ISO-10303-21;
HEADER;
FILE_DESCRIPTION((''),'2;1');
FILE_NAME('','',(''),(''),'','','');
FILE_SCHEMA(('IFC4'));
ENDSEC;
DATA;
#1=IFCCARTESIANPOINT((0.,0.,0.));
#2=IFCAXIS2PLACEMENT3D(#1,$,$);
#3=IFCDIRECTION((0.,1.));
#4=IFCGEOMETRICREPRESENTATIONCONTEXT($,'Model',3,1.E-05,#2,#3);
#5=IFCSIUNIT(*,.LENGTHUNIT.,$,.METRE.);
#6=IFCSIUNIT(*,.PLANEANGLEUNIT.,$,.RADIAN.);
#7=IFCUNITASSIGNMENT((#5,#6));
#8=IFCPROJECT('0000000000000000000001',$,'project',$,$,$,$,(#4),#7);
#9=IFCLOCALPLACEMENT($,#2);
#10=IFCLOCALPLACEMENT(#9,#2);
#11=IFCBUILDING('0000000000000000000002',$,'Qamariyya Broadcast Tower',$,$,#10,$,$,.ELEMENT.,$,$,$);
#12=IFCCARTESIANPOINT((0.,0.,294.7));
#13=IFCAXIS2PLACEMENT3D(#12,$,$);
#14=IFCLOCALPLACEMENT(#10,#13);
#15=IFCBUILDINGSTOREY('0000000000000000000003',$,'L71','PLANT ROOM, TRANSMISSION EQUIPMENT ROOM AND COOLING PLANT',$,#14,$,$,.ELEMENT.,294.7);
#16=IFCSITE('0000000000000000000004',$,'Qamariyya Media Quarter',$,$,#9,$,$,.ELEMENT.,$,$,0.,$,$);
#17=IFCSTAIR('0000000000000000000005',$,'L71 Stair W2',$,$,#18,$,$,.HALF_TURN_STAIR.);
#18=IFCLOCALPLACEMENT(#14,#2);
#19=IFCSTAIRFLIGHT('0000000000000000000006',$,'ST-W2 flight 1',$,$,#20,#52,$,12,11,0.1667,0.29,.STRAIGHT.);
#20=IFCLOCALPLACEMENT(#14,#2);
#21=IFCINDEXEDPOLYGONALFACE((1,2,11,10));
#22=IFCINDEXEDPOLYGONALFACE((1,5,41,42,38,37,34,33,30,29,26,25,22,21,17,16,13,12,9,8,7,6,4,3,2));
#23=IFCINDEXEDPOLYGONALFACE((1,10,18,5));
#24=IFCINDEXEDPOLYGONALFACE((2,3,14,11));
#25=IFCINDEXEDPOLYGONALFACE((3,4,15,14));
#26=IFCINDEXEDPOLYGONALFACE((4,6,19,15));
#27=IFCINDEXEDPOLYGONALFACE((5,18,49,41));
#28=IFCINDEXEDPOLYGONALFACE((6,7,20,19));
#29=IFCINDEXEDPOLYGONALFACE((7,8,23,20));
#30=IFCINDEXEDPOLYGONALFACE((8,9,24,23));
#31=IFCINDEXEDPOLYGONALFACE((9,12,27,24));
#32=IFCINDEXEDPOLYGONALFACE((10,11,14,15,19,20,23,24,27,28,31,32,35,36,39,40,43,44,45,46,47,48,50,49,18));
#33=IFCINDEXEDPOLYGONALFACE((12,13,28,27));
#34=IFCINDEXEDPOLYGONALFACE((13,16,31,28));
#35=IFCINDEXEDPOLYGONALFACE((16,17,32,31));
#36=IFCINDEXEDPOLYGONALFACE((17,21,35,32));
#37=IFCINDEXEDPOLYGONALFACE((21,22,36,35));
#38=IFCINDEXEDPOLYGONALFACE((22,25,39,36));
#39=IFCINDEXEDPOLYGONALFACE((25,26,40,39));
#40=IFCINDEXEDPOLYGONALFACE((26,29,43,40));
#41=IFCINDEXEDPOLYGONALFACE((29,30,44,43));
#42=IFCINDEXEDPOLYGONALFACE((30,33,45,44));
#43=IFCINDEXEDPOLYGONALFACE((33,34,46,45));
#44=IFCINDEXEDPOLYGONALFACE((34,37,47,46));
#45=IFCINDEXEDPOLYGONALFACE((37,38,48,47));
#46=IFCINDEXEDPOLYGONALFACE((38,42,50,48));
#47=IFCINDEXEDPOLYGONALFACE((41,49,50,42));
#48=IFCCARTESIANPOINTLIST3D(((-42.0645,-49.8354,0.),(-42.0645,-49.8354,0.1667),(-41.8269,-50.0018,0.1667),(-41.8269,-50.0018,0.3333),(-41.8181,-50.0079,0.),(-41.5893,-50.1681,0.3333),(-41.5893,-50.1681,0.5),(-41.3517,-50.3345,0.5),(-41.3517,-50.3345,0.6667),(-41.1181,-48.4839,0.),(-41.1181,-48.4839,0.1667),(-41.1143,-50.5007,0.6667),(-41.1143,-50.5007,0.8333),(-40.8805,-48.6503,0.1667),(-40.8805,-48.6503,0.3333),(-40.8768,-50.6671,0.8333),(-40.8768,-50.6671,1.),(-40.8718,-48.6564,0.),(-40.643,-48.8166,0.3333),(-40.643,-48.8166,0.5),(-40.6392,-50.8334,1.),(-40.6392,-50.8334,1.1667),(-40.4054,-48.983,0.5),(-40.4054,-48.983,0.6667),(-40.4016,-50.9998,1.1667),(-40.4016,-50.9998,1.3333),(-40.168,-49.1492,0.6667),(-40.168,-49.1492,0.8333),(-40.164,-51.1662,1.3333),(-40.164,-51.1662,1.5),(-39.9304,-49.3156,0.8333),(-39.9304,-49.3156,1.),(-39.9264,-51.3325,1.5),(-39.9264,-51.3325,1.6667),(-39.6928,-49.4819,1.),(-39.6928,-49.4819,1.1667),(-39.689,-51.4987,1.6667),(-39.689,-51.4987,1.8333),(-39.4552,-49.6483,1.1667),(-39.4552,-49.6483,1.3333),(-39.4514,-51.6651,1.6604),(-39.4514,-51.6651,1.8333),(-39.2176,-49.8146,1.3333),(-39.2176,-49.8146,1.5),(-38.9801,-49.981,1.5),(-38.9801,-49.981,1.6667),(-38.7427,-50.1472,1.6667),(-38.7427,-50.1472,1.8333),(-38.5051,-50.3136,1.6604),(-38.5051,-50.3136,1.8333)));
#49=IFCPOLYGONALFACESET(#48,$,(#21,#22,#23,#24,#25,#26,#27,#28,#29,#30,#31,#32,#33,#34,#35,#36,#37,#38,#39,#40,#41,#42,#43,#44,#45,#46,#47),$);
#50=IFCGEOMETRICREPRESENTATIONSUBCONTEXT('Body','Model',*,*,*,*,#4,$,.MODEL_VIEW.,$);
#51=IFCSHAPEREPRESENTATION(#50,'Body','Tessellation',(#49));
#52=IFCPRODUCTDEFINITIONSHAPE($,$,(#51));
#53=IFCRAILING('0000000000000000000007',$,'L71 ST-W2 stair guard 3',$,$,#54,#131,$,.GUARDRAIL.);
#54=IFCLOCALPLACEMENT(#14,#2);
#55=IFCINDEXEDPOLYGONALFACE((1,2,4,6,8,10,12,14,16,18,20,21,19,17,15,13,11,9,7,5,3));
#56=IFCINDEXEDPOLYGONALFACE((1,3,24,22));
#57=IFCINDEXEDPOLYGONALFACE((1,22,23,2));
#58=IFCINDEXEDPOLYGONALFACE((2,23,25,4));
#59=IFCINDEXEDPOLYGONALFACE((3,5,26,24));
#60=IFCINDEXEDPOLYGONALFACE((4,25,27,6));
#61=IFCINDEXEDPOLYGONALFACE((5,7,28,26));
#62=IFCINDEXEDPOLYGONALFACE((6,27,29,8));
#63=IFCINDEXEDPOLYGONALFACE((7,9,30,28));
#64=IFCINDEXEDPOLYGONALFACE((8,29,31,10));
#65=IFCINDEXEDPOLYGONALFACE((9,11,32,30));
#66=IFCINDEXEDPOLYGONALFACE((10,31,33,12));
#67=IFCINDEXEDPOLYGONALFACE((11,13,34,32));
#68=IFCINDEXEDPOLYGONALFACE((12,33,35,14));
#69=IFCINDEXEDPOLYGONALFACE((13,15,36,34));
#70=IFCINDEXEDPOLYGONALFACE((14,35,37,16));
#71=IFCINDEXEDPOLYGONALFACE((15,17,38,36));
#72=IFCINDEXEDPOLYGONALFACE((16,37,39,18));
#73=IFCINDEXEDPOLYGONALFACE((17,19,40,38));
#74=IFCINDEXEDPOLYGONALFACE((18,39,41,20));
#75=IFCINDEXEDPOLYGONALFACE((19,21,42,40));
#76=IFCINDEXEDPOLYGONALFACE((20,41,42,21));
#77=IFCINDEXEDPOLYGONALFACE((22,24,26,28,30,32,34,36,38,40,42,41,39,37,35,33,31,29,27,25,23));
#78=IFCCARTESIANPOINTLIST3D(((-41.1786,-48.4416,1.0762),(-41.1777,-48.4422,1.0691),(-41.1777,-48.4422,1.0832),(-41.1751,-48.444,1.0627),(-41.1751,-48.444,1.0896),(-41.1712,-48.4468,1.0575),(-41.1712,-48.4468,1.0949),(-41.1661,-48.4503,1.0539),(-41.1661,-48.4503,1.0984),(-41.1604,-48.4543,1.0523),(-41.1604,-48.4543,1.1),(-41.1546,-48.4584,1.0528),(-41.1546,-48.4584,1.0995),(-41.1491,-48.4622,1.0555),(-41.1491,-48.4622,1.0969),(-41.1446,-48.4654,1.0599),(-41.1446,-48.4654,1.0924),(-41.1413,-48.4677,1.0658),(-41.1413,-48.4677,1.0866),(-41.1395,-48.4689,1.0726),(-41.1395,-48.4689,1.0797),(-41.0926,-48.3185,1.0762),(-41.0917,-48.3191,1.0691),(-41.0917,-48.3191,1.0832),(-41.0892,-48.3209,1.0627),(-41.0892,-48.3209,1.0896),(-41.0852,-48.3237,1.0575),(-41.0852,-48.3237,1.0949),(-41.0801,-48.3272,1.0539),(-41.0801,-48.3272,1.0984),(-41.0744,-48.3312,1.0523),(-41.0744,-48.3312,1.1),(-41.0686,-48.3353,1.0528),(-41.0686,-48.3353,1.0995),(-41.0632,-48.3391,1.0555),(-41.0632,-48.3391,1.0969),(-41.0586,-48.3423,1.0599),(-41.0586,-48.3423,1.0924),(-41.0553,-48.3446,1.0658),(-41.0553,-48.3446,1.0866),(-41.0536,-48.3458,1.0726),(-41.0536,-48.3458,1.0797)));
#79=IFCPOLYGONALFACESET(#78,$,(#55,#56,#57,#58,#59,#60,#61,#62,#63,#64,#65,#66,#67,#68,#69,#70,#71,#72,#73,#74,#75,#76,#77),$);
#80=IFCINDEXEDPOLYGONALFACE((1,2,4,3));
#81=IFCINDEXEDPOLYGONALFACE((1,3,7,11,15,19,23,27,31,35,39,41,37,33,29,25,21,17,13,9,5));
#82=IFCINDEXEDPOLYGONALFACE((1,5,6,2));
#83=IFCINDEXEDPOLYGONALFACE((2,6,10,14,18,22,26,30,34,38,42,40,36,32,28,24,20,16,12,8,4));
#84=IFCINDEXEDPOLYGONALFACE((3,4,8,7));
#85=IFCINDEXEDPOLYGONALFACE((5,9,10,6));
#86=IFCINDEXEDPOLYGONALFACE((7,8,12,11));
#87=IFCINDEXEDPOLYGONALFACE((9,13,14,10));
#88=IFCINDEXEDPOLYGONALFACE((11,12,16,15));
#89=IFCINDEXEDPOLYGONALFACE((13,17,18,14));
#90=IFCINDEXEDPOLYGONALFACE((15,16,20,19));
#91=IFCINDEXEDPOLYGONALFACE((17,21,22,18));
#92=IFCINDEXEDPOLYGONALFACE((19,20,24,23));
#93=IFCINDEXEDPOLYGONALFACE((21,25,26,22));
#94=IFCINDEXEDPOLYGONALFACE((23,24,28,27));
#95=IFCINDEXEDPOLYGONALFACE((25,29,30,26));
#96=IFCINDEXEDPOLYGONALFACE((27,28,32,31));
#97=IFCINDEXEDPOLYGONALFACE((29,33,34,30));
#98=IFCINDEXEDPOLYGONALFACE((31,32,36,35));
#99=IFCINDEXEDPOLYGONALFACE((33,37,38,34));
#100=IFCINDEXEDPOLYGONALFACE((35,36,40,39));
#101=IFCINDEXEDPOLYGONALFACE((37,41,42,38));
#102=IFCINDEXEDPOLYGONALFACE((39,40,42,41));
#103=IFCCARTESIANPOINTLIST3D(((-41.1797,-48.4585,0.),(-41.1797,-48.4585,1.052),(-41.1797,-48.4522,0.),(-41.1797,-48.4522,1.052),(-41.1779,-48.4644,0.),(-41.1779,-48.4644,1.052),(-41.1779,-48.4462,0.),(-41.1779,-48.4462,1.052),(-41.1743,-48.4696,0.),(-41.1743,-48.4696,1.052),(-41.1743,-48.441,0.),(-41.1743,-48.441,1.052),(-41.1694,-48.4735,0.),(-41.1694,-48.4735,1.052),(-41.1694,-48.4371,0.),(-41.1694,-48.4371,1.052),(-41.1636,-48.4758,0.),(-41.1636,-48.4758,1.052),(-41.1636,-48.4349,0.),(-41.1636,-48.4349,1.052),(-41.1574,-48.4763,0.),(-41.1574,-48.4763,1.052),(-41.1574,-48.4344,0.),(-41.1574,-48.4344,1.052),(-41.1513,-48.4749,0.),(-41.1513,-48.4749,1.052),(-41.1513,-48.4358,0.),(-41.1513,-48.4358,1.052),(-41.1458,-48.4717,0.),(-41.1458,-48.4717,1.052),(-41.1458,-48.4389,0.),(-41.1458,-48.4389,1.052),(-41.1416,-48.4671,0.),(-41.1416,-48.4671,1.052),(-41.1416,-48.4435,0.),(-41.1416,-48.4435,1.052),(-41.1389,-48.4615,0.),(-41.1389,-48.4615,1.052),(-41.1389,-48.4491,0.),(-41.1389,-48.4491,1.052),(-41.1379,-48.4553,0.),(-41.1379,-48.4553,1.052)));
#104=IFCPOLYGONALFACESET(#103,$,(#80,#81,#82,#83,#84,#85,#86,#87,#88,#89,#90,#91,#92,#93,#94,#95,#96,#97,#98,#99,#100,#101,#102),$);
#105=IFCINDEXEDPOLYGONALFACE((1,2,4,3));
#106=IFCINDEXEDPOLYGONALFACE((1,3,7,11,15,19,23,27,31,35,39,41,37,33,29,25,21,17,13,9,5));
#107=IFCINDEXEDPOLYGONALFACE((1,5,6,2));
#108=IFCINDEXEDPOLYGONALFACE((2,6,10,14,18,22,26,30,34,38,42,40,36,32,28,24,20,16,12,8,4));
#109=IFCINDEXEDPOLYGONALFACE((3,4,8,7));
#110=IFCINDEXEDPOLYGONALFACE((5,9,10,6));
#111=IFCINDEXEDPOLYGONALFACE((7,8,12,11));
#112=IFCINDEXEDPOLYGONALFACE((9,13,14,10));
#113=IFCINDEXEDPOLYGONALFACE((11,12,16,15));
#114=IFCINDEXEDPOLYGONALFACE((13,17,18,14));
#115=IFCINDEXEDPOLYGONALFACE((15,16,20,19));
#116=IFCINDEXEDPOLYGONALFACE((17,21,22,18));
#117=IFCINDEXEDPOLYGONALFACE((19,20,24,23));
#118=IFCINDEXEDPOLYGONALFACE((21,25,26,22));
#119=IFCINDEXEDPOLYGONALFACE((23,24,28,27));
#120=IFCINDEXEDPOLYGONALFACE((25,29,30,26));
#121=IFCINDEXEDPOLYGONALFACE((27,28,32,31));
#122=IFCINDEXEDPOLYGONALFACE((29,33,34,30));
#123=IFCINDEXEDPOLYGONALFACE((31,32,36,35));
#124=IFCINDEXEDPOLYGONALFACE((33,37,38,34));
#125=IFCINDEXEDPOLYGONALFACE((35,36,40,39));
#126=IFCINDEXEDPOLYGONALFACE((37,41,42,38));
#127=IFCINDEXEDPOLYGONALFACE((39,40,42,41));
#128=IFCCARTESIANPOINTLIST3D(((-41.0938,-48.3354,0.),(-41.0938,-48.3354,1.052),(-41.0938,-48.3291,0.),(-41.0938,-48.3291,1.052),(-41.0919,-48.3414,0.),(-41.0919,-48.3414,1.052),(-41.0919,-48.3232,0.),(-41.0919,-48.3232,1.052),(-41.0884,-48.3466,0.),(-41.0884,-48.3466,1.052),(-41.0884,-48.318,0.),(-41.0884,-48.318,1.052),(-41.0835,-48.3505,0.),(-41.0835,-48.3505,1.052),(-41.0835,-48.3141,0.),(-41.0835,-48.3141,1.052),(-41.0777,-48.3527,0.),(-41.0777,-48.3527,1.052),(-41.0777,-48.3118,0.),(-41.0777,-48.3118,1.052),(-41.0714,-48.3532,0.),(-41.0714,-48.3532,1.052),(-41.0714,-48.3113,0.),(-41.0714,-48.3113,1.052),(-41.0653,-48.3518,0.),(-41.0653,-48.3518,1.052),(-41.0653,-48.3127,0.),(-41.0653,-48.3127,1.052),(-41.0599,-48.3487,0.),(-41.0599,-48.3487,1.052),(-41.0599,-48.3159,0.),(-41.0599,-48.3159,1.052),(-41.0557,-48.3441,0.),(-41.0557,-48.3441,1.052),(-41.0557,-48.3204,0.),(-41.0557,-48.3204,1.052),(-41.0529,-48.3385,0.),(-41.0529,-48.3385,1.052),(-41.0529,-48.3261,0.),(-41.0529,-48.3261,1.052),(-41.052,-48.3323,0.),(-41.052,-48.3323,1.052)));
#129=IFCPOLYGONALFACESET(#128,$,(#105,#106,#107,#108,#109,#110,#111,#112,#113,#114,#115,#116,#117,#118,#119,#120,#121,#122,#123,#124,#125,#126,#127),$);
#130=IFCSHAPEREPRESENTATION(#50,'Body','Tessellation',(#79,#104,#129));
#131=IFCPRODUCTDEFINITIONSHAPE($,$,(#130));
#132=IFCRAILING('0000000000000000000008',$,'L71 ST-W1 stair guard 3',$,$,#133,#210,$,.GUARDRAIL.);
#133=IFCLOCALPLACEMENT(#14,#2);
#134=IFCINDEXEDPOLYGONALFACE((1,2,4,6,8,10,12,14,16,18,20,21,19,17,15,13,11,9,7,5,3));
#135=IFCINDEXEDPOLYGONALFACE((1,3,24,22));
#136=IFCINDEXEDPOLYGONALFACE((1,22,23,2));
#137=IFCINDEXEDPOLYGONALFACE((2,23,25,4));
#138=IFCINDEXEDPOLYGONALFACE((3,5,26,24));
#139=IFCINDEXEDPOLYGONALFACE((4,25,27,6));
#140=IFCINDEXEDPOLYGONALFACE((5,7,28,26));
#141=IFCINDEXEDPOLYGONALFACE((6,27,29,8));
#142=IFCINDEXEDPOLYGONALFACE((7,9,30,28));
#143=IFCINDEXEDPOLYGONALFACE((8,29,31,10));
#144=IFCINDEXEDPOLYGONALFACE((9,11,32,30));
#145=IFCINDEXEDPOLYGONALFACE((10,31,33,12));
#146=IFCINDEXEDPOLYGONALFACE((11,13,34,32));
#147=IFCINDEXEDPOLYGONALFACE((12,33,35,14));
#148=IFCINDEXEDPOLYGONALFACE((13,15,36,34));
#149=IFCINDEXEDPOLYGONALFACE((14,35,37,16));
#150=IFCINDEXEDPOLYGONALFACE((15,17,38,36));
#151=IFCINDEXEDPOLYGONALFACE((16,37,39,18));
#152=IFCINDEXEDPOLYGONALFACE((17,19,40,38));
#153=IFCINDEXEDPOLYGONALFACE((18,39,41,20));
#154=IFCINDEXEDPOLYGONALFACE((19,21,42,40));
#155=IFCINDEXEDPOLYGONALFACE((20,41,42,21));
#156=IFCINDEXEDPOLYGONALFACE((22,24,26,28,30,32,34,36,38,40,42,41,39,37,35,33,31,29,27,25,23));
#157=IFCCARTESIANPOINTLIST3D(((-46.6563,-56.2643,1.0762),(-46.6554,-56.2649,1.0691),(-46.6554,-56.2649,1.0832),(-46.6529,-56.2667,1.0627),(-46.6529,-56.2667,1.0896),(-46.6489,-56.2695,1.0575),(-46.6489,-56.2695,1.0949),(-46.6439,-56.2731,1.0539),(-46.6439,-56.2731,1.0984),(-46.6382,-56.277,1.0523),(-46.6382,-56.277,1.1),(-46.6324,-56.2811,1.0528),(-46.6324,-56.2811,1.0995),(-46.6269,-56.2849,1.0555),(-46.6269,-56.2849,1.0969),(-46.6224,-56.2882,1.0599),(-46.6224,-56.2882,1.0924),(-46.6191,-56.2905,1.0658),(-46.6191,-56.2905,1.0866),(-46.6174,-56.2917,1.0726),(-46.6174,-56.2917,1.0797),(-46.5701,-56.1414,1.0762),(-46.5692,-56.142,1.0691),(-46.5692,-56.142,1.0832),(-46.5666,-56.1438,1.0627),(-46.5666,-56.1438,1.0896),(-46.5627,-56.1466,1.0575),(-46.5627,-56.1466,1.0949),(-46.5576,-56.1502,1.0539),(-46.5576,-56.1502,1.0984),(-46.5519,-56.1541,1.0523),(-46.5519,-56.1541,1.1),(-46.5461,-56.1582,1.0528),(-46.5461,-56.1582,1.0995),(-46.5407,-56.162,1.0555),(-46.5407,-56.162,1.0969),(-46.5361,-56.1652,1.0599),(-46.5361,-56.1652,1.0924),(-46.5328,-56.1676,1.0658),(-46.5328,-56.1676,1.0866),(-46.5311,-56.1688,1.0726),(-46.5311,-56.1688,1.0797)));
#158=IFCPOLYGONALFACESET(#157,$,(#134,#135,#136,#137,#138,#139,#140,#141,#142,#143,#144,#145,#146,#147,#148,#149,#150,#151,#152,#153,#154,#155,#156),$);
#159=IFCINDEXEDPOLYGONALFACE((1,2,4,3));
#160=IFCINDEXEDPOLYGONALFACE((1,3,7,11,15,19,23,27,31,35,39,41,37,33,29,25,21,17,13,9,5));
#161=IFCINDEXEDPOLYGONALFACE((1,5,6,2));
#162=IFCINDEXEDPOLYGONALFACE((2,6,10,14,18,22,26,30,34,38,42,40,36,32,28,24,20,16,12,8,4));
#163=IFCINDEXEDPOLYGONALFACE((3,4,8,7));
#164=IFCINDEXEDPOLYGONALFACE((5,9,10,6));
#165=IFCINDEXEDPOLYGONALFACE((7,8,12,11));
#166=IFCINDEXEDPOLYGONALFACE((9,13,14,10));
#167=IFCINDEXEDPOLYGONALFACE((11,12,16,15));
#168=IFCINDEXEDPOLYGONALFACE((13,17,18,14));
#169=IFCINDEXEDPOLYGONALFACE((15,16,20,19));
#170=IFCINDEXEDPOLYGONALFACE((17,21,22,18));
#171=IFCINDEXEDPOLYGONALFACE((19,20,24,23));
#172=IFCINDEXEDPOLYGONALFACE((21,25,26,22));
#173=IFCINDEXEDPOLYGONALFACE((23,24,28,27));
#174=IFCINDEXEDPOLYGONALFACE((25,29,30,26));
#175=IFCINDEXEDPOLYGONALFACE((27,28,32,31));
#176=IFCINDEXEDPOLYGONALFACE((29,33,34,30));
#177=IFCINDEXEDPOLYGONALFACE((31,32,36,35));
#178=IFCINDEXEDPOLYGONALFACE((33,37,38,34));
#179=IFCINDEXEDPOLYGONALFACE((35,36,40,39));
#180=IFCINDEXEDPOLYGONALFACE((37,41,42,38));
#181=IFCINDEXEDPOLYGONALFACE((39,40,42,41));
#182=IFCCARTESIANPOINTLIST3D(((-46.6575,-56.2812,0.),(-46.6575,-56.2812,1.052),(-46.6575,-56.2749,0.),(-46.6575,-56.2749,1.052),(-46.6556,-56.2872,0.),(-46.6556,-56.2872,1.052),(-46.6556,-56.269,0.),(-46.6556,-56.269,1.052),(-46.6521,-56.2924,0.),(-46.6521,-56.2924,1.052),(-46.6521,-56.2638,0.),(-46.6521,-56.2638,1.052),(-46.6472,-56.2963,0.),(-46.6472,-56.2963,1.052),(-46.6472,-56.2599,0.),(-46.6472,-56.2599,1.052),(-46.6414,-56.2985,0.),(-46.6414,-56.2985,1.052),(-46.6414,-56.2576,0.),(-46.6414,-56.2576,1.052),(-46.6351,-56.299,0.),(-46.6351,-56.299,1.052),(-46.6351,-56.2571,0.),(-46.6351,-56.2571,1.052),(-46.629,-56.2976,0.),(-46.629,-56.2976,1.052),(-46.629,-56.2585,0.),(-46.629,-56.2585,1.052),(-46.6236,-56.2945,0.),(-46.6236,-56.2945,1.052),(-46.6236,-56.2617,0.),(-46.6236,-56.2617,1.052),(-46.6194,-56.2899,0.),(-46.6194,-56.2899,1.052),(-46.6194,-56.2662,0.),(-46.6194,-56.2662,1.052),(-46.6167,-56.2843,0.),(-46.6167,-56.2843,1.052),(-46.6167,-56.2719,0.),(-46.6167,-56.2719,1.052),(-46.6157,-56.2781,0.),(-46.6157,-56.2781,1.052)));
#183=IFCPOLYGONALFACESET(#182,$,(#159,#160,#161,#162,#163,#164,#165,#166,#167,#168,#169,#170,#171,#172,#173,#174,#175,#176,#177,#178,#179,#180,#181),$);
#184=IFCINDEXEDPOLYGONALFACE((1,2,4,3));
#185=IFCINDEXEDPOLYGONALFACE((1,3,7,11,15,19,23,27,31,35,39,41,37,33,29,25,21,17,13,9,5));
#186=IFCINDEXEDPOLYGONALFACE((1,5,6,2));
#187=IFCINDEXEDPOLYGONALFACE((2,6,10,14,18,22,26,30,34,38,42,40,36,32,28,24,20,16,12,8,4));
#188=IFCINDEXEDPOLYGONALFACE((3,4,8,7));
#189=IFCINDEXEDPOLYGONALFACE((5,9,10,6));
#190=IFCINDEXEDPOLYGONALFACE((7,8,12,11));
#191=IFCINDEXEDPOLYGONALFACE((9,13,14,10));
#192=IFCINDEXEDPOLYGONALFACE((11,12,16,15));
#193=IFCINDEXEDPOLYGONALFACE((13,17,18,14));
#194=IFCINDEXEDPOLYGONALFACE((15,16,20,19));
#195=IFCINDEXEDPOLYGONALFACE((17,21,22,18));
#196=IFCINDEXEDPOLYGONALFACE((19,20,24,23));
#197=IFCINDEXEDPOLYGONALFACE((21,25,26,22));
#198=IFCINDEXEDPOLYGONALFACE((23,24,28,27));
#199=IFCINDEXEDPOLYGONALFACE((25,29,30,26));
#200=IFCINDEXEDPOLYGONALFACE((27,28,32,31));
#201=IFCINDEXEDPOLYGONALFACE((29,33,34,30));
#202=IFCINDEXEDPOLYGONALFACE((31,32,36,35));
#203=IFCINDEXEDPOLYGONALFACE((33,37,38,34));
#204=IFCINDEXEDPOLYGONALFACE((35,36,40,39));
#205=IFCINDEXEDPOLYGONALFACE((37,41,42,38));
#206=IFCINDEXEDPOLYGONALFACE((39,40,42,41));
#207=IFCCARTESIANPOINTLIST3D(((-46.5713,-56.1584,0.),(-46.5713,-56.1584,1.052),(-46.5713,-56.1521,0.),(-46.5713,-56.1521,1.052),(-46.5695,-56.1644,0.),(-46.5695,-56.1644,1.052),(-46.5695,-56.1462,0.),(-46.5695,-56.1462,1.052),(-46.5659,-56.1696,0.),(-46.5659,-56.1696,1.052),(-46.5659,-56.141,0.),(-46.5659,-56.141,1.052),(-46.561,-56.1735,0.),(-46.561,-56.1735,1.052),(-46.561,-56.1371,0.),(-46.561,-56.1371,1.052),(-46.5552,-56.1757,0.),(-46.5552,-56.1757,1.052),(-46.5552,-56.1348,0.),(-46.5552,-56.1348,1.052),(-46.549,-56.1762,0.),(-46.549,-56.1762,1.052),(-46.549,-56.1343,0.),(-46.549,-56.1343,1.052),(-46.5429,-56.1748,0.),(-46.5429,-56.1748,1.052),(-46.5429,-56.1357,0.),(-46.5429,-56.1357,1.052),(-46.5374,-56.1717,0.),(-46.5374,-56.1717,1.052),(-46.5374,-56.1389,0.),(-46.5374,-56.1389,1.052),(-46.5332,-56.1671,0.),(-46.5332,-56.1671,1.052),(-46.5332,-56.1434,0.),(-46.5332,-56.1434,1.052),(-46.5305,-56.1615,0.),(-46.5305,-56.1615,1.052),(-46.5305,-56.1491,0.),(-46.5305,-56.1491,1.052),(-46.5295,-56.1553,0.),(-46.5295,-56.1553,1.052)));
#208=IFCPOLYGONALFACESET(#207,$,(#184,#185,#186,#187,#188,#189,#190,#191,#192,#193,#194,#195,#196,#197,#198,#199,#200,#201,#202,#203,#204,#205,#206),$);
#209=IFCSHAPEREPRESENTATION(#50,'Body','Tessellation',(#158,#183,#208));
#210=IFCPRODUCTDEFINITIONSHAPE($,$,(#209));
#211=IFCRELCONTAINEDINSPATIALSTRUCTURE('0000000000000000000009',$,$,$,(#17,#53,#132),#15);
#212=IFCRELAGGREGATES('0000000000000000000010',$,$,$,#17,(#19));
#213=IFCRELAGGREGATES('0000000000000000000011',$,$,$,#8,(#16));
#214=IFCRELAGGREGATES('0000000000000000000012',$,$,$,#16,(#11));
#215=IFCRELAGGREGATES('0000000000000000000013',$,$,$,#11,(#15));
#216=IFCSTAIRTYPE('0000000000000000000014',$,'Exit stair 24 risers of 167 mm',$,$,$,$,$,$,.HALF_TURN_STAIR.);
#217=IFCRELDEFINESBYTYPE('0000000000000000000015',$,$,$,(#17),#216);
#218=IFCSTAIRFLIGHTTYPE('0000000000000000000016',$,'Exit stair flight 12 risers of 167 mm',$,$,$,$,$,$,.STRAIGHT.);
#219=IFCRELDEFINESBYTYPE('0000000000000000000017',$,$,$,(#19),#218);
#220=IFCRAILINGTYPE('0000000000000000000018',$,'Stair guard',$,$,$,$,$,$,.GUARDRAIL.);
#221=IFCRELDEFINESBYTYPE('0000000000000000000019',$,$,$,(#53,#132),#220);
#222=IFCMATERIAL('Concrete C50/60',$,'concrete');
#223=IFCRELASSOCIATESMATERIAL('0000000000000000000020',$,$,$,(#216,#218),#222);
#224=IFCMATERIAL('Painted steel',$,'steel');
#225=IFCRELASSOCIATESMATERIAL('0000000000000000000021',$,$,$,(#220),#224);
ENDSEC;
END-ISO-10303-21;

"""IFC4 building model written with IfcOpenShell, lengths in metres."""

from ifc_helpers import new_model, si_unit, direction, frame, origin, origin_2d, place, context, subcontext, project, spatial, polyline, circle, outline, extrude, material, type_object, element, aggregate, save


model = new_model("IFC4")

# Units and contexts
model_context = context("Model", 3, precision=1e-05, world=origin(), true_north=direction((0.0, 1.0)))
body_context = subcontext(model_context, "Body", "Model", "MODEL_VIEW")
ifc_project = project(units=[si_unit("LENGTHUNIT", "METRE"), si_unit("PLANEANGLEUNIT", "RADIAN")], contexts=[model_context])

# Site, building, storey
site_placement = place(None, origin())
site = spatial("IfcSite", under=ifc_project, at=site_placement, Name="Qamariyya Media Quarter", CompositionType="ELEMENT", RefElevation=0.0)
building_placement = place(site_placement, origin())
building = spatial("IfcBuilding", under=site, at=building_placement, Name="Qamariyya Broadcast Tower", CompositionType="ELEMENT")
storey_placement = place(building_placement, frame((0.0, 0.0, 294.7)))
storey = spatial("IfcBuildingStorey", under=building, at=storey_placement, Name="L71", Description="PLANT ROOM, TRANSMISSION EQUIPMENT ROOM AND COOLING PLANT", CompositionType="ELEMENT", Elevation=294.7)

# Shared definitions
ifc_material_1 = material(Name="Concrete C50/60", Category="concrete")

# Stair, stair flight
stair_type = type_object("IfcStairType", Name="Exit stair 24 risers of 167 mm", PredefinedType="HALF_TURN_STAIR", material=ifc_material_1)
stair_placement = place(storey_placement, origin())
stair = element("IfcStair", 1, at=stair_placement, inside=storey, type_object=stair_type, Name="L71 Stair W2", PredefinedType="HALF_TURN_STAIR")
stair_flight_type = type_object("IfcStairFlightType", Name="Exit stair flight 12 risers of 167 mm", PredefinedType="STRAIGHT", material=ifc_material_1)
stair_flight_placement = place(storey_placement, frame((-41.5913, -49.1597, 0.0), z_axis=(0.0, 0.0, 1.0), x_axis=(0.819152, -0.573576, 0.0)))
stair_flight = element("IfcStairFlight", 2, at=stair_flight_placement, type_object=stair_flight_type, Name="ST-W2 flight 1", NumberOfRisers=12, NumberOfTreads=11, PredefinedType="STRAIGHT", RiserHeight=0.1667, TreadLength=0.29, context=body_context, shape_type="SweptSolid", body=[
    extrude(outline(polyline([(0.0, 0.0), (0.0, 0.1667), (0.29, 0.1667), (0.29, 0.3333), (0.5801, 0.3333), (0.5801, 0.5), (0.8701, 0.5), (0.8701, 0.6667), (1.1599, 0.6667), (1.1599, 0.8333), (1.45, 0.8333), (1.45, 1.0), (1.74, 1.0), (1.74, 1.1667), (2.03, 1.1667), (2.03, 1.3333), (2.3201, 1.3333), (2.3201, 1.5), (2.6101, 1.5), (2.6101, 1.6667), (2.8999, 1.6667), (2.8999, 1.8333), (3.1899, 1.8333), (3.1899, 2.0), (3.1899, 1.6604), (0.3008, 0.0), (0.0, 0.0)])), frame((0.0, 0.825, 0.0), z_axis=(0.0, -1.0, 0.0), x_axis=(1.0, 0.0, 0.0)), (0.0, 0.0, 1.0), 1.6499),
])
aggregate(stair, [stair_flight])

# Railings
ifc_material_2 = material(Name="Painted steel", Category="steel")
railing_type_1 = type_object("IfcRailingType", Name="Stair guard", PredefinedType="GUARDRAIL", material=ifc_material_2)
railing_1_placement = place(storey_placement, frame((-41.1589, -48.4553, 0.0)))
element("IfcRailing", 3, at=railing_1_placement, inside=storey, type_object=railing_type_1, Name="L71 ST-W2 stair guard 3", PredefinedType="GUARDRAIL", context=body_context, shape_type="SweptSolid", body=[
    extrude(circle(Radius=0.0239, at=origin_2d()), frame((0.0, 0.0, 1.0762), z_axis=(0.572589, 0.819843, 0.0), x_axis=(-0.819843, 0.572589, 0.0)), (0.0, 0.0, 1.0), 0.1501),
    extrude(circle(Radius=0.021, at=origin_2d()), origin(), (0.0, 0.0, 1.0), 1.052),
    extrude(circle(Radius=0.021, at=origin_2d()), frame((0.0859, 0.123, 0.0)), (0.0, 0.0, 1.0), 1.052),
])
railing_2_placement = place(storey_placement, frame((-46.6367, -56.2781, 0.0)))
element("IfcRailing", 4, at=railing_2_placement, inside=storey, type_object=railing_type_1, Name="L71 ST-W1 stair guard 3", PredefinedType="GUARDRAIL", context=body_context, shape_type="SweptSolid", body=[
    extrude(circle(Radius=0.0239, at=origin_2d()), frame((0.0, 0.0, 1.0762), z_axis=(0.574445, 0.818543, 0.0), x_axis=(-0.818543, 0.574445, 0.0)), (0.0, 0.0, 1.0), 0.1501),
    extrude(circle(Radius=0.021, at=origin_2d()), origin(), (0.0, 0.0, 1.0), 1.052),
    extrude(circle(Radius=0.021, at=origin_2d()), frame((0.0862, 0.1228, 0.0)), (0.0, 0.0, 1.0), 1.052),
])

save(model, "model.ifc")
